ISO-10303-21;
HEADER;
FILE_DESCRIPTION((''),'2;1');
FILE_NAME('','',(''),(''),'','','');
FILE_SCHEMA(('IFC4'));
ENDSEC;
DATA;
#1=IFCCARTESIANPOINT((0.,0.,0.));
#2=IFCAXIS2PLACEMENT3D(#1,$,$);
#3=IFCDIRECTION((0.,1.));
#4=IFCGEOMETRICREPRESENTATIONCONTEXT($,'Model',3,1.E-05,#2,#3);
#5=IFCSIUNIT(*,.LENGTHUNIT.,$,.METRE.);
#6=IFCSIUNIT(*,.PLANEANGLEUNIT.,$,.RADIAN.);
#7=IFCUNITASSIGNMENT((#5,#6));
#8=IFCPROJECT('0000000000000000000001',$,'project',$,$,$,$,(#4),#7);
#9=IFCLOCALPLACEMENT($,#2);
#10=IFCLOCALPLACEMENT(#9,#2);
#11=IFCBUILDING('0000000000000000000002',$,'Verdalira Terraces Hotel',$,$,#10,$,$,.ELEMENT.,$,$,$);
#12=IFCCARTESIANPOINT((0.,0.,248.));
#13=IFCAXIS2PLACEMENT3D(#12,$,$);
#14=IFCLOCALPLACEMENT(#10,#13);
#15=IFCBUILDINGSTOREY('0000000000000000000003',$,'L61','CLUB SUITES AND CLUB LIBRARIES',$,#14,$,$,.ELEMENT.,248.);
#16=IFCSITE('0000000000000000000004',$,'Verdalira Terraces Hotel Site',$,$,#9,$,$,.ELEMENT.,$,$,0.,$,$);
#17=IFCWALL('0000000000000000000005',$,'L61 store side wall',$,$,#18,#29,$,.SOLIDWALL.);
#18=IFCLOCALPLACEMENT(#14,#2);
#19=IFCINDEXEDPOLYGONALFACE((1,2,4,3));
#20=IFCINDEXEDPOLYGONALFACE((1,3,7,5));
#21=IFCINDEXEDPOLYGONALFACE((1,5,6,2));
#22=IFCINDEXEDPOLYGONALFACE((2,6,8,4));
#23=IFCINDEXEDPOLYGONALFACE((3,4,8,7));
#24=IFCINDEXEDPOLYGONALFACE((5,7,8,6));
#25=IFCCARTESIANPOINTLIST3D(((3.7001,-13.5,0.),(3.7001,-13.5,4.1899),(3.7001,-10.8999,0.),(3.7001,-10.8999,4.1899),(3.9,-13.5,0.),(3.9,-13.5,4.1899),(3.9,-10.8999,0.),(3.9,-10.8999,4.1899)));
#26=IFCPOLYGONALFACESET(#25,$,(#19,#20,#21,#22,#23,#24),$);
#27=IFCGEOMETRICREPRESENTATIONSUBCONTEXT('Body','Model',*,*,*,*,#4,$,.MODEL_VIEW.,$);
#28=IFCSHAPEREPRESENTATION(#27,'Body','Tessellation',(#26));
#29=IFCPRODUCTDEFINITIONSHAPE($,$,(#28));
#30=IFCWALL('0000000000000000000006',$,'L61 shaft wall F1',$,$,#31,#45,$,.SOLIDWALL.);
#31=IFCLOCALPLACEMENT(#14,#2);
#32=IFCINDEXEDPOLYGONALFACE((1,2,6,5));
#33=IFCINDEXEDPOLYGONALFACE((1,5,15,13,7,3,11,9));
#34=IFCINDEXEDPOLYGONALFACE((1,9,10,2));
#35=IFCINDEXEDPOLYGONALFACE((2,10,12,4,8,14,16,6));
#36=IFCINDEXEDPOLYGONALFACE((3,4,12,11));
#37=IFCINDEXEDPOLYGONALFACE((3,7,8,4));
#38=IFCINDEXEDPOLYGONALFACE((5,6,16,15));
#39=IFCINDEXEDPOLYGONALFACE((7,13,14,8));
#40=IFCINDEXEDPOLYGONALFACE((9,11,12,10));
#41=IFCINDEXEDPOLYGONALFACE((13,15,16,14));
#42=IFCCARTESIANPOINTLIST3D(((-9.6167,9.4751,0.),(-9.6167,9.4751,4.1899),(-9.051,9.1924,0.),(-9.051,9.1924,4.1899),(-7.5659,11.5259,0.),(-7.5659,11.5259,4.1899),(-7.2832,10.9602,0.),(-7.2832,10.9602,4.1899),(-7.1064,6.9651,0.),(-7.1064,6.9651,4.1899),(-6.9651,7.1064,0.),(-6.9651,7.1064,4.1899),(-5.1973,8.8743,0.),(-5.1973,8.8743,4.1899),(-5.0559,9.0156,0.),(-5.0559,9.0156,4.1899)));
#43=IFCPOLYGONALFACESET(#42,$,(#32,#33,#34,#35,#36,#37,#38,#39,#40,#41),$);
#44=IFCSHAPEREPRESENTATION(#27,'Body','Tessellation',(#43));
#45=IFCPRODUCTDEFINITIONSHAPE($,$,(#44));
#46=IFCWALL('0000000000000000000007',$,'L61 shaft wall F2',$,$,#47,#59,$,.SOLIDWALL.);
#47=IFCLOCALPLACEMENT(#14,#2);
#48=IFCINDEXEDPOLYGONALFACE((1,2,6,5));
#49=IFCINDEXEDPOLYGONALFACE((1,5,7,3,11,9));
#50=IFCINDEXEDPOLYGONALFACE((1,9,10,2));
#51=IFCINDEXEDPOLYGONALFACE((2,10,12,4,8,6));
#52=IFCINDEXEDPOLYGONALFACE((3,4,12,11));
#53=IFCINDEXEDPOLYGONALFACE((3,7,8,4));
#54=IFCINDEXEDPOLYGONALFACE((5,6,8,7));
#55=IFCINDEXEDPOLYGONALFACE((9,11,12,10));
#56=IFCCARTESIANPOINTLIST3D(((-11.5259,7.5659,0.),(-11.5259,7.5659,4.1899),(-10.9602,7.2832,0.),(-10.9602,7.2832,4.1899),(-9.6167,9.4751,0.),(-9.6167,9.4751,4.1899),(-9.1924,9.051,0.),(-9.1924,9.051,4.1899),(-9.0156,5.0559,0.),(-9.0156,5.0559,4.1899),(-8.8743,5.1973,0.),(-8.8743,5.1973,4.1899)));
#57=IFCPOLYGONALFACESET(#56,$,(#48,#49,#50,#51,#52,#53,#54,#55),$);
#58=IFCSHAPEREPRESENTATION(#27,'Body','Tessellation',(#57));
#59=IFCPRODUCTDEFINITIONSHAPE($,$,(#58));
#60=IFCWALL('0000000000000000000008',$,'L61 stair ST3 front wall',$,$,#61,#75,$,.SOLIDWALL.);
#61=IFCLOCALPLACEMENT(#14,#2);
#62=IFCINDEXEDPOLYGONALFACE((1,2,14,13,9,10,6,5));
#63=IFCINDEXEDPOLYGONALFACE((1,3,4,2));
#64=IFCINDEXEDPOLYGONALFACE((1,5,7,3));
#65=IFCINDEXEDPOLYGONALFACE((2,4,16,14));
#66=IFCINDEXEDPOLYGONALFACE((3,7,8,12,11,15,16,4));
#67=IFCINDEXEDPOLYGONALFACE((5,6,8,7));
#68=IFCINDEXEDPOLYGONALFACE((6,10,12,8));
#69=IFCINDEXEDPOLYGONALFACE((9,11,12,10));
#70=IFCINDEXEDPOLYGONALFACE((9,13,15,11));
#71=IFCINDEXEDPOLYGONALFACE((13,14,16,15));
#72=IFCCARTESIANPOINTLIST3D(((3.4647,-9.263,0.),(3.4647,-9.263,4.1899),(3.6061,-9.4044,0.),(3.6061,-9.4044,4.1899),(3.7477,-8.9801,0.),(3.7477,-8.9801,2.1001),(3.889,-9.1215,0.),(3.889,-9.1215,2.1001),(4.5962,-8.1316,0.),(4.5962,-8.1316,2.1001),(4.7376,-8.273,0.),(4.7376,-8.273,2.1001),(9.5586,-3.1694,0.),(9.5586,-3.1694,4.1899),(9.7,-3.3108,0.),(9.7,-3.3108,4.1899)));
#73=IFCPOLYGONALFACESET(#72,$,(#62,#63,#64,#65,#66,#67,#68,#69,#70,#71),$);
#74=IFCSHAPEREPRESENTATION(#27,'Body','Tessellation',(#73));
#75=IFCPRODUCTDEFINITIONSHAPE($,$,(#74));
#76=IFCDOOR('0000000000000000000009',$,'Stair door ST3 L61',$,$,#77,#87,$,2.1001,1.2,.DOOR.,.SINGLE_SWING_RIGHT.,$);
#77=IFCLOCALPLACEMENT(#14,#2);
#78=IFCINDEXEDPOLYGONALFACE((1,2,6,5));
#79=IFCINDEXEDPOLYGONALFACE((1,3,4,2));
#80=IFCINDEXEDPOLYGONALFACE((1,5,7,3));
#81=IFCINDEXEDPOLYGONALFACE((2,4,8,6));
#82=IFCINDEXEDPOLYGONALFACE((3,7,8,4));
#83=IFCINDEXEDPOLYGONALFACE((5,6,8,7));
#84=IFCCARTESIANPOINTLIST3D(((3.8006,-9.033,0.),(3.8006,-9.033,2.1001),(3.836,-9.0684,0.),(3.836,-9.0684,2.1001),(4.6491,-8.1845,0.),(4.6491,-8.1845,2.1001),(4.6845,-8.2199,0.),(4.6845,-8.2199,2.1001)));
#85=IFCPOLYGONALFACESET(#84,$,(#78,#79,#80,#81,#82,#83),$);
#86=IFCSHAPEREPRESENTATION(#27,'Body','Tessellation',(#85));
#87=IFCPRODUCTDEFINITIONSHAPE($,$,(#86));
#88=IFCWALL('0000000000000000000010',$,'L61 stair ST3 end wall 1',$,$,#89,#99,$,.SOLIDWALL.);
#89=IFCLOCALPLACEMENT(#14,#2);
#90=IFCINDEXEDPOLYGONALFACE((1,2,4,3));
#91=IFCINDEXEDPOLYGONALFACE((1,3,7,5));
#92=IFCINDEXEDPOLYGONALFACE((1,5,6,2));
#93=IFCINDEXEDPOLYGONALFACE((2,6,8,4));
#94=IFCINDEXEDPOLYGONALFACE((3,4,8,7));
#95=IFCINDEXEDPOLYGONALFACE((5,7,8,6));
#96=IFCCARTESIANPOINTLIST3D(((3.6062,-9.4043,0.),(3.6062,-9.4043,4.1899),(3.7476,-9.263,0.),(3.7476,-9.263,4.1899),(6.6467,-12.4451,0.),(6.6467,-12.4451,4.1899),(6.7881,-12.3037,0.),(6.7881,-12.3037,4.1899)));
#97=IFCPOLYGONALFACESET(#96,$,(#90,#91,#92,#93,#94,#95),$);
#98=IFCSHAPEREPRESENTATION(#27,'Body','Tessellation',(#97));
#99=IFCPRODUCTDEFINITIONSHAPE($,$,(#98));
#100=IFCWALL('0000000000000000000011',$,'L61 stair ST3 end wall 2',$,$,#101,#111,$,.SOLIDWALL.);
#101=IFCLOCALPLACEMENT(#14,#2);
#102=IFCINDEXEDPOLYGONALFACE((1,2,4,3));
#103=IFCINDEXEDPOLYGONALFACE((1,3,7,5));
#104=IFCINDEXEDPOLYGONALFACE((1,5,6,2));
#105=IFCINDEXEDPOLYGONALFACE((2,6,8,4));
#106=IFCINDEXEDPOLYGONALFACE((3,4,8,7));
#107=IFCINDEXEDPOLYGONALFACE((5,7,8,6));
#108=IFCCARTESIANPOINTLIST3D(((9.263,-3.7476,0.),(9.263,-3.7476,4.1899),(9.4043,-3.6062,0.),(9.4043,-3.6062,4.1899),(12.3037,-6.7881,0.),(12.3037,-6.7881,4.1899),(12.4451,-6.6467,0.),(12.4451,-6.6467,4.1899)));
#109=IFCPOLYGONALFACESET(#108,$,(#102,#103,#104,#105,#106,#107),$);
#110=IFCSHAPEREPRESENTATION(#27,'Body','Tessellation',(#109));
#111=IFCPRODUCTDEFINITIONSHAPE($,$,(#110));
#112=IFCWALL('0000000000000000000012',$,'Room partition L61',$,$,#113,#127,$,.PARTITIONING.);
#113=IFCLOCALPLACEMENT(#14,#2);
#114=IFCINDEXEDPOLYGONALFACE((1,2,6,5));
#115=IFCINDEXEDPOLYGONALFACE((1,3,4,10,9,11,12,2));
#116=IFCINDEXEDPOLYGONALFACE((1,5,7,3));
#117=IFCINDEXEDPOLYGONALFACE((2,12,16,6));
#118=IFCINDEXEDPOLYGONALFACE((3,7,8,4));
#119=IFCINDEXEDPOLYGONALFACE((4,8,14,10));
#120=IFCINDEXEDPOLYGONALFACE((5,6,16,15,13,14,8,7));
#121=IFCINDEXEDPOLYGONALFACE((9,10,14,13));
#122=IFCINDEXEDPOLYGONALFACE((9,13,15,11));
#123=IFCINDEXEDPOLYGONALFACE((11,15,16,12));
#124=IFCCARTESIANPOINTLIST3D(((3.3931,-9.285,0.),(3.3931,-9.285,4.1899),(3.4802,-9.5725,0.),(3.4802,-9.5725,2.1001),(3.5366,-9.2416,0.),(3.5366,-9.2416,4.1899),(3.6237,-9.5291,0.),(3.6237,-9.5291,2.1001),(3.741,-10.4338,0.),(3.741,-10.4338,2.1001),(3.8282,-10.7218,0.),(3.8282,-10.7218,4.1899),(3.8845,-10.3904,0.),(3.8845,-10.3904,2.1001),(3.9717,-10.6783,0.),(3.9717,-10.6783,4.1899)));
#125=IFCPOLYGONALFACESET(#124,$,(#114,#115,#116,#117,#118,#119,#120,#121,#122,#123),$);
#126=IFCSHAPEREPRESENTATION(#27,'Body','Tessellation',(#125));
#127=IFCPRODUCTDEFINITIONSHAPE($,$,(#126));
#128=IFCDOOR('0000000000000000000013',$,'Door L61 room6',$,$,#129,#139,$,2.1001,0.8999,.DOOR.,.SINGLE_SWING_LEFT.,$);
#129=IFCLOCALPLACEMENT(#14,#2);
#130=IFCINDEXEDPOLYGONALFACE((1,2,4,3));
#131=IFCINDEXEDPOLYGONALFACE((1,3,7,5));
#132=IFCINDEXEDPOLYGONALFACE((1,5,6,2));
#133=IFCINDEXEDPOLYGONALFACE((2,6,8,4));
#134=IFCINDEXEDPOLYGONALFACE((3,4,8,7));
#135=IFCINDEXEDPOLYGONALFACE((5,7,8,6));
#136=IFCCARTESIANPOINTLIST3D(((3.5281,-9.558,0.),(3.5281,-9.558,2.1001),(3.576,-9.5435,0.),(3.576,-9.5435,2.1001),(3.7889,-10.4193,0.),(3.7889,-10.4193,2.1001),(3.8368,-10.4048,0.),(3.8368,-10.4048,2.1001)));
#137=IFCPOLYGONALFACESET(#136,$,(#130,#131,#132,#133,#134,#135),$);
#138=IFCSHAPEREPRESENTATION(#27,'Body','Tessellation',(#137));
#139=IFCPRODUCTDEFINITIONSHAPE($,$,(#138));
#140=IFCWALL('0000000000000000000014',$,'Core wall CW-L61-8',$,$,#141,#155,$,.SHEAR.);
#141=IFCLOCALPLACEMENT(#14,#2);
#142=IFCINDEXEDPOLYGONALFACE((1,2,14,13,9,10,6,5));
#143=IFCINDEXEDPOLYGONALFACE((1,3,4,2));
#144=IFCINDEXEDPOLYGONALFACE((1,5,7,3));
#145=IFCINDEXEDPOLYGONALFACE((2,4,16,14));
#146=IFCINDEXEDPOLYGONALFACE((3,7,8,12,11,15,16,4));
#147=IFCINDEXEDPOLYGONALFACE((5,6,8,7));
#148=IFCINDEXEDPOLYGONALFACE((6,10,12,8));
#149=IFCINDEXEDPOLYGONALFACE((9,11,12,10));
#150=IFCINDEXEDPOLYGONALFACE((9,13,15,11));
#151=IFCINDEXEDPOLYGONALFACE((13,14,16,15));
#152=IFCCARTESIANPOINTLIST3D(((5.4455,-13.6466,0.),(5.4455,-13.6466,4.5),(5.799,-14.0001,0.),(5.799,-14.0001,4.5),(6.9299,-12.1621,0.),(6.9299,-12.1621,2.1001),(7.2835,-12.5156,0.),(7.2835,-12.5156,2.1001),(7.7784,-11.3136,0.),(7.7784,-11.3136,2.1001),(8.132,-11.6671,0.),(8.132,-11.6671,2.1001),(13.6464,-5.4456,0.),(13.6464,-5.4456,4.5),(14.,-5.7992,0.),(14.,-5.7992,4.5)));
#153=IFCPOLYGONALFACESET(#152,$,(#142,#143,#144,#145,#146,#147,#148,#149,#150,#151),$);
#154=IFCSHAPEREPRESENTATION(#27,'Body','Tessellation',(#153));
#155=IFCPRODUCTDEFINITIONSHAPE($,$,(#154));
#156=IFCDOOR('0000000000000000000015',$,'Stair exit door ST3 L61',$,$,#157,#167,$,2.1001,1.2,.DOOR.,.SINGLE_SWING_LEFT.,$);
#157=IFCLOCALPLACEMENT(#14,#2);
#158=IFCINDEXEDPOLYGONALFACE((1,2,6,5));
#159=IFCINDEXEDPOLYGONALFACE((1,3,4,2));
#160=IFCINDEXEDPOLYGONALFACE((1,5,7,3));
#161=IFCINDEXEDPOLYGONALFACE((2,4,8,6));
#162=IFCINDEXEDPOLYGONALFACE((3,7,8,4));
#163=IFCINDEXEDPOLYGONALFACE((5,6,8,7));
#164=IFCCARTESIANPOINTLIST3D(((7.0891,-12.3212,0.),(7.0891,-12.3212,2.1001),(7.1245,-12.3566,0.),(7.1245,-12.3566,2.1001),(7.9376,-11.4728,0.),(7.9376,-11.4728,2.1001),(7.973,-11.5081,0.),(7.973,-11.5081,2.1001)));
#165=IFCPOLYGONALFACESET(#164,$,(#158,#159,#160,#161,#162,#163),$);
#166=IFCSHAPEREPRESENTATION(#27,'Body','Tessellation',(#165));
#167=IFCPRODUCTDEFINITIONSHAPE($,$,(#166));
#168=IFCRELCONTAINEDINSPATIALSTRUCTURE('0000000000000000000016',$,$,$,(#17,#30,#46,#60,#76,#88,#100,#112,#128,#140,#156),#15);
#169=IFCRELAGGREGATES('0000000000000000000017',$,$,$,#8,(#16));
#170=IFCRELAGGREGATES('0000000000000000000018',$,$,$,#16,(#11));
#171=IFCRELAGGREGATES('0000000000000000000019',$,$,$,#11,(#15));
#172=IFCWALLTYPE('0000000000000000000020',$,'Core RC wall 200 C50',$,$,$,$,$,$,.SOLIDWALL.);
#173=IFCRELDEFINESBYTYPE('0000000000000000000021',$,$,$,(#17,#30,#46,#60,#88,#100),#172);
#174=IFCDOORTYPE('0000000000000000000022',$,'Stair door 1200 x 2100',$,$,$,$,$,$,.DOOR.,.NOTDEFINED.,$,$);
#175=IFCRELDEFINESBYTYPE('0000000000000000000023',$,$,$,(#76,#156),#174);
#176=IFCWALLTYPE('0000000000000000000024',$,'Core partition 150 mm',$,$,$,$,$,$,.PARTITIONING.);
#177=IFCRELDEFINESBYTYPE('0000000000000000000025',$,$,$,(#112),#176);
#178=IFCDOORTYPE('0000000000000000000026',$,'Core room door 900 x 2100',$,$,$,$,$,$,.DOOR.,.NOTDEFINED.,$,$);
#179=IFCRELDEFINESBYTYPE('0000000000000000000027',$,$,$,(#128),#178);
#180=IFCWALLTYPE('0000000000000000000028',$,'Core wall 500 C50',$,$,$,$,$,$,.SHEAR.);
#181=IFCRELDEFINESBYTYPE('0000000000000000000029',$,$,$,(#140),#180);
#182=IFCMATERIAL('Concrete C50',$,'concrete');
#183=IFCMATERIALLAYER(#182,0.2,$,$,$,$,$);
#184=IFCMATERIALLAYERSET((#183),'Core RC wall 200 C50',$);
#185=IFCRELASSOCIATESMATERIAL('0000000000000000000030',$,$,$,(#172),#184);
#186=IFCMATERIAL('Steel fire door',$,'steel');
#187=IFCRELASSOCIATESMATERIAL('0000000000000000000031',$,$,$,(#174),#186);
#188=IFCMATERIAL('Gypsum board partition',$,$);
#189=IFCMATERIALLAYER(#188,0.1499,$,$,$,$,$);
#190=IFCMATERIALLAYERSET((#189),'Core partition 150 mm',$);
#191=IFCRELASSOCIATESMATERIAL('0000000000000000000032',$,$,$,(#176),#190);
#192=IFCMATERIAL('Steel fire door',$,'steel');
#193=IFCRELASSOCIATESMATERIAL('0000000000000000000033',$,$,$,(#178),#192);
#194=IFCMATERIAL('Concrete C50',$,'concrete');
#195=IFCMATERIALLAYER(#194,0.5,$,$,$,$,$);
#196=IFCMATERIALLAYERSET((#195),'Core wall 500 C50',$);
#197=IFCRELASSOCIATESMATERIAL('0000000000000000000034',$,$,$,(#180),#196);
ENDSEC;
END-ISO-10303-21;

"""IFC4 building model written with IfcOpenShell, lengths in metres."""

from ifc_helpers import new_model, si_unit, direction, frame, frame_2d, origin, place, context, subcontext, project, spatial, polyline, rectangle, outline, extrude, material, layer, layer_set, type_object, element, fill, save


model = new_model("IFC4")

# Units and contexts
model_context = context("Model", 3, precision=1e-05, world=origin(), true_north=direction((0.0, 1.0)))
body_context = subcontext(model_context, "Body", "Model", "MODEL_VIEW")
ifc_project = project(units=[si_unit("LENGTHUNIT", "METRE"), si_unit("PLANEANGLEUNIT", "RADIAN")], contexts=[model_context])

# Site, building, storey
site_placement = place(None, origin())
site = spatial("IfcSite", under=ifc_project, at=site_placement, Name="Verdalira Terraces Hotel Site", CompositionType="ELEMENT", RefElevation=0.0)
building_placement = place(site_placement, origin())
building = spatial("IfcBuilding", under=site, at=building_placement, Name="Verdalira Terraces Hotel", CompositionType="ELEMENT")
storey_placement = place(building_placement, frame((0.0, 0.0, 248.0)))
storey = spatial("IfcBuildingStorey", under=building, at=storey_placement, Name="L61", Description="CLUB SUITES AND CLUB LIBRARIES", CompositionType="ELEMENT", Elevation=248.0)

# Walls
ifc_material_1 = material(Name="Concrete C50", Category="concrete")
ifc_layer_1 = layer(ifc_material_1, 0.2)
ifc_layer_set_1 = layer_set([ifc_layer_1], Name="Core RC wall 200 C50")
wall_type_1 = type_object("IfcWallType", Name="Core RC wall 200 C50", PredefinedType="SOLIDWALL", material=ifc_layer_set_1)
wall_1_placement = place(storey_placement, frame((3.8, -10.8999, 0.0), z_axis=(0.0, 0.0, 1.0), x_axis=(0.0, -1.0, 0.0)))
element("IfcWall", 1, at=wall_1_placement, inside=storey, type_object=wall_type_1, Name="L61 store side wall", PredefinedType="SOLIDWALL", context=body_context, shape_type="SweptSolid", body=[
    extrude(rectangle(XDim=2.6001, YDim=0.2, at=frame_2d((1.3, 0.0))), origin(), (0.0, 0.0, 1.0), 4.1899),
])
wall_2_placement = place(storey_placement, origin())
element("IfcWall", 2, at=wall_2_placement, inside=storey, type_object=wall_type_1, Name="L61 shaft wall F1", PredefinedType="SOLIDWALL", context=body_context, shape_type="SweptSolid", body=[
    extrude(outline(polyline([(-9.6167, 9.4751), (-7.5659, 11.5259), (-5.0559, 9.0156), (-5.1973, 8.8743), (-7.2832, 10.9602), (-9.051, 9.1924), (-6.9651, 7.1064), (-7.1064, 6.9651), (-9.6167, 9.4751)])), origin(), (0.0, 0.0, 1.0), 4.1899),
])
wall_3_placement = place(storey_placement, origin())
element("IfcWall", 3, at=wall_3_placement, inside=storey, type_object=wall_type_1, Name="L61 shaft wall F2", PredefinedType="SOLIDWALL", context=body_context, shape_type="SweptSolid", body=[
    extrude(outline(polyline([(-11.5259, 7.5659), (-9.6167, 9.4751), (-9.1924, 9.051), (-10.9602, 7.2832), (-8.8743, 5.1973), (-9.0156, 5.0559), (-11.5259, 7.5659)])), origin(), (0.0, 0.0, 1.0), 4.1899),
])

# Wall, opening, door
wall_4_placement = place(storey_placement, frame((9.6294, -3.24, 0.0), z_axis=(0.0, 0.0, 1.0), x_axis=(-0.707121, -0.707093, 0.0)))
wall_4 = element("IfcWall", 4, at=wall_4_placement, inside=storey, type_object=wall_type_1, Name="L61 stair ST3 front wall", PredefinedType="SOLIDWALL", context=body_context, shape_type="SweptSolid", body=[
    extrude(rectangle(XDim=8.6179, YDim=0.2, at=frame_2d((4.3091, 0.0))), origin(), (0.0, 0.0, 1.0), 4.1899),
])
opening_1_placement = place(wall_4_placement, frame((7.0178, 0.0, 0.0)))
opening_1 = element("IfcOpeningElement", 5, at=opening_1_placement, cuts=wall_4, PredefinedType="OPENING", context=body_context, shape_type="SweptSolid", body=[
    extrude(rectangle(XDim=1.2, YDim=2.1001, at=frame_2d((0.6001, 1.05))), frame((0.0, 0.1099, 0.0), z_axis=(0.0, -1.0, 0.0), x_axis=(1.0, 0.0, 0.0)), (0.0, 0.0, 1.0), 0.22),
])
ifc_material_2 = material(Name="Steel fire door", Category="steel")
door_type_1 = type_object("IfcDoorType", Name="Stair door 1200 x 2100", OperationType="NOTDEFINED", PredefinedType="DOOR", material=ifc_material_2)
door_1_placement = place(opening_1_placement, origin())
door_1 = element("IfcDoor", 6, at=door_1_placement, inside=storey, type_object=door_type_1, Name="Stair door ST3 L61", OperationType="SINGLE_SWING_RIGHT", OverallHeight=2.1001, OverallWidth=1.2, PredefinedType="DOOR", context=body_context, shape_type="SweptSolid", body=[
    extrude(rectangle(XDim=1.2, YDim=2.1001, at=frame_2d((0.6001, 1.05))), frame((0.0, 0.0249, 0.0), z_axis=(0.0, -1.0, 0.0), x_axis=(1.0, 0.0, 0.0)), (0.0, 0.0, 1.0), 0.05),
])
fill(opening_1, door_1)

# Walls
for number, where, z_axis, x_axis, name in (
    (7, (3.677, -9.3337, 0.0), (0.0, 0.0, 1.0), (0.707078, -0.707135, 0.0), "L61 stair ST3 end wall 1"),
    (8, (9.3337, -3.677, 0.0), (0.0, 0.0, 1.0), (0.707135, -0.707078, 0.0), "L61 stair ST3 end wall 2"),
):
    element("IfcWall", number, at=place(storey_placement, frame(where, z_axis=z_axis, x_axis=x_axis)), inside=storey, type_object=wall_type_1, Name=name, PredefinedType="SOLIDWALL", context=body_context, shape_type="SweptSolid", body=[
        extrude(rectangle(XDim=4.3, YDim=0.2, at=frame_2d((2.1499, 0.0))), origin(), (0.0, 0.0, 1.0), 4.1899),
    ])

# Walls, openings, doors
ifc_material_3 = material(Name="Gypsum board partition")
ifc_layer_2 = layer(ifc_material_3, 0.1499)
ifc_layer_set_2 = layer_set([ifc_layer_2], Name="Core partition 150 mm")
wall_type_2 = type_object("IfcWallType", Name="Core partition 150 mm", PredefinedType="PARTITIONING", material=ifc_layer_set_2)
wall_5_placement = place(storey_placement, frame((3.8999, -10.7, 0.0), z_axis=(0.0, 0.0, 1.0), x_axis=(-0.289809, 0.957085, 0.0)))
wall_5 = element("IfcWall", 9, at=wall_5_placement, inside=storey, type_object=wall_type_2, Name="Room partition L61", PredefinedType="PARTITIONING", context=body_context, shape_type="SweptSolid", body=[
    extrude(rectangle(XDim=1.5012, YDim=0.1499, at=frame_2d((0.7505, 0.0))), origin(), (0.0, 0.0, 1.0), 4.1899),
])
opening_2_placement = place(wall_5_placement, frame((0.3008, 0.0, 0.0)))
opening_2 = element("IfcOpeningElement", 10, at=opening_2_placement, cuts=wall_5, PredefinedType="OPENING", context=body_context, shape_type="SweptSolid", body=[
    extrude(rectangle(XDim=0.8999, YDim=2.1001, at=frame_2d((0.45, 1.05))), frame((0.0, 0.085, 0.0), z_axis=(0.0, -1.0, 0.0), x_axis=(1.0, 0.0, 0.0)), (0.0, 0.0, 1.0), 0.1699),
])
ifc_material_4 = material(Name="Steel fire door", Category="steel")
door_type_2 = type_object("IfcDoorType", Name="Core room door 900 x 2100", OperationType="NOTDEFINED", PredefinedType="DOOR", material=ifc_material_4)
door_2_placement = place(opening_2_placement, origin())
door_2 = element("IfcDoor", 11, at=door_2_placement, inside=storey, type_object=door_type_2, Name="Door L61 room6", OperationType="SINGLE_SWING_LEFT", OverallHeight=2.1001, OverallWidth=0.8999, PredefinedType="DOOR", context=body_context, shape_type="SweptSolid", body=[
    extrude(rectangle(XDim=0.8999, YDim=2.1001, at=frame_2d((0.45, 1.05))), frame((0.0, 0.0249, 0.0), z_axis=(0.0, -1.0, 0.0), x_axis=(1.0, 0.0, 0.0)), (0.0, 0.0, 1.0), 0.05),
])
fill(opening_2, door_2)
ifc_material_5 = material(Name="Concrete C50", Category="concrete")
ifc_layer_3 = layer(ifc_material_5, 0.5)
ifc_layer_set_3 = layer_set([ifc_layer_3], Name="Core wall 500 C50")
wall_type_3 = type_object("IfcWallType", Name="Core wall 500 C50", PredefinedType="SHEAR", material=ifc_layer_set_3)
wall_6_placement = place(storey_placement, frame((5.6223, -13.8232, 0.0), z_axis=(0.0, 0.0, 1.0), x_axis=(0.707107, 0.707107, 0.0)))
wall_6 = element("IfcWall", 12, at=wall_6_placement, inside=storey, type_object=wall_type_3, Name="Core wall CW-L61-8", PredefinedType="SHEAR", context=body_context, shape_type="SweptSolid", body=[
    extrude(rectangle(XDim=11.5979, YDim=0.5, at=frame_2d((5.7988, 0.0))), origin(), (0.0, 0.0, 1.0), 4.5),
])
opening_3_placement = place(wall_6_placement, frame((2.0991, 0.0, 0.0)))
opening_3 = element("IfcOpeningElement", 13, at=opening_3_placement, cuts=wall_6, PredefinedType="OPENING", context=body_context, shape_type="SweptSolid", body=[
    extrude(rectangle(XDim=1.2, YDim=2.1001, at=frame_2d((0.6001, 1.05))), frame((0.0, 0.26, 0.0), z_axis=(0.0, -1.0, 0.0), x_axis=(1.0, 0.0, 0.0)), (0.0, 0.0, 1.0), 0.52),
])
door_3_placement = place(opening_3_placement, origin())
door_3 = element("IfcDoor", 14, at=door_3_placement, inside=storey, type_object=door_type_1, Name="Stair exit door ST3 L61", OperationType="SINGLE_SWING_LEFT", OverallHeight=2.1001, OverallWidth=1.2, PredefinedType="DOOR", context=body_context, shape_type="SweptSolid", body=[
    extrude(rectangle(XDim=1.2, YDim=2.1001, at=frame_2d((0.6001, 1.05))), frame((0.0, 0.0249, 0.0), z_axis=(0.0, -1.0, 0.0), x_axis=(1.0, 0.0, 0.0)), (0.0, 0.0, 1.0), 0.05),
])
fill(opening_3, door_3)

save(model, "model.ifc")
